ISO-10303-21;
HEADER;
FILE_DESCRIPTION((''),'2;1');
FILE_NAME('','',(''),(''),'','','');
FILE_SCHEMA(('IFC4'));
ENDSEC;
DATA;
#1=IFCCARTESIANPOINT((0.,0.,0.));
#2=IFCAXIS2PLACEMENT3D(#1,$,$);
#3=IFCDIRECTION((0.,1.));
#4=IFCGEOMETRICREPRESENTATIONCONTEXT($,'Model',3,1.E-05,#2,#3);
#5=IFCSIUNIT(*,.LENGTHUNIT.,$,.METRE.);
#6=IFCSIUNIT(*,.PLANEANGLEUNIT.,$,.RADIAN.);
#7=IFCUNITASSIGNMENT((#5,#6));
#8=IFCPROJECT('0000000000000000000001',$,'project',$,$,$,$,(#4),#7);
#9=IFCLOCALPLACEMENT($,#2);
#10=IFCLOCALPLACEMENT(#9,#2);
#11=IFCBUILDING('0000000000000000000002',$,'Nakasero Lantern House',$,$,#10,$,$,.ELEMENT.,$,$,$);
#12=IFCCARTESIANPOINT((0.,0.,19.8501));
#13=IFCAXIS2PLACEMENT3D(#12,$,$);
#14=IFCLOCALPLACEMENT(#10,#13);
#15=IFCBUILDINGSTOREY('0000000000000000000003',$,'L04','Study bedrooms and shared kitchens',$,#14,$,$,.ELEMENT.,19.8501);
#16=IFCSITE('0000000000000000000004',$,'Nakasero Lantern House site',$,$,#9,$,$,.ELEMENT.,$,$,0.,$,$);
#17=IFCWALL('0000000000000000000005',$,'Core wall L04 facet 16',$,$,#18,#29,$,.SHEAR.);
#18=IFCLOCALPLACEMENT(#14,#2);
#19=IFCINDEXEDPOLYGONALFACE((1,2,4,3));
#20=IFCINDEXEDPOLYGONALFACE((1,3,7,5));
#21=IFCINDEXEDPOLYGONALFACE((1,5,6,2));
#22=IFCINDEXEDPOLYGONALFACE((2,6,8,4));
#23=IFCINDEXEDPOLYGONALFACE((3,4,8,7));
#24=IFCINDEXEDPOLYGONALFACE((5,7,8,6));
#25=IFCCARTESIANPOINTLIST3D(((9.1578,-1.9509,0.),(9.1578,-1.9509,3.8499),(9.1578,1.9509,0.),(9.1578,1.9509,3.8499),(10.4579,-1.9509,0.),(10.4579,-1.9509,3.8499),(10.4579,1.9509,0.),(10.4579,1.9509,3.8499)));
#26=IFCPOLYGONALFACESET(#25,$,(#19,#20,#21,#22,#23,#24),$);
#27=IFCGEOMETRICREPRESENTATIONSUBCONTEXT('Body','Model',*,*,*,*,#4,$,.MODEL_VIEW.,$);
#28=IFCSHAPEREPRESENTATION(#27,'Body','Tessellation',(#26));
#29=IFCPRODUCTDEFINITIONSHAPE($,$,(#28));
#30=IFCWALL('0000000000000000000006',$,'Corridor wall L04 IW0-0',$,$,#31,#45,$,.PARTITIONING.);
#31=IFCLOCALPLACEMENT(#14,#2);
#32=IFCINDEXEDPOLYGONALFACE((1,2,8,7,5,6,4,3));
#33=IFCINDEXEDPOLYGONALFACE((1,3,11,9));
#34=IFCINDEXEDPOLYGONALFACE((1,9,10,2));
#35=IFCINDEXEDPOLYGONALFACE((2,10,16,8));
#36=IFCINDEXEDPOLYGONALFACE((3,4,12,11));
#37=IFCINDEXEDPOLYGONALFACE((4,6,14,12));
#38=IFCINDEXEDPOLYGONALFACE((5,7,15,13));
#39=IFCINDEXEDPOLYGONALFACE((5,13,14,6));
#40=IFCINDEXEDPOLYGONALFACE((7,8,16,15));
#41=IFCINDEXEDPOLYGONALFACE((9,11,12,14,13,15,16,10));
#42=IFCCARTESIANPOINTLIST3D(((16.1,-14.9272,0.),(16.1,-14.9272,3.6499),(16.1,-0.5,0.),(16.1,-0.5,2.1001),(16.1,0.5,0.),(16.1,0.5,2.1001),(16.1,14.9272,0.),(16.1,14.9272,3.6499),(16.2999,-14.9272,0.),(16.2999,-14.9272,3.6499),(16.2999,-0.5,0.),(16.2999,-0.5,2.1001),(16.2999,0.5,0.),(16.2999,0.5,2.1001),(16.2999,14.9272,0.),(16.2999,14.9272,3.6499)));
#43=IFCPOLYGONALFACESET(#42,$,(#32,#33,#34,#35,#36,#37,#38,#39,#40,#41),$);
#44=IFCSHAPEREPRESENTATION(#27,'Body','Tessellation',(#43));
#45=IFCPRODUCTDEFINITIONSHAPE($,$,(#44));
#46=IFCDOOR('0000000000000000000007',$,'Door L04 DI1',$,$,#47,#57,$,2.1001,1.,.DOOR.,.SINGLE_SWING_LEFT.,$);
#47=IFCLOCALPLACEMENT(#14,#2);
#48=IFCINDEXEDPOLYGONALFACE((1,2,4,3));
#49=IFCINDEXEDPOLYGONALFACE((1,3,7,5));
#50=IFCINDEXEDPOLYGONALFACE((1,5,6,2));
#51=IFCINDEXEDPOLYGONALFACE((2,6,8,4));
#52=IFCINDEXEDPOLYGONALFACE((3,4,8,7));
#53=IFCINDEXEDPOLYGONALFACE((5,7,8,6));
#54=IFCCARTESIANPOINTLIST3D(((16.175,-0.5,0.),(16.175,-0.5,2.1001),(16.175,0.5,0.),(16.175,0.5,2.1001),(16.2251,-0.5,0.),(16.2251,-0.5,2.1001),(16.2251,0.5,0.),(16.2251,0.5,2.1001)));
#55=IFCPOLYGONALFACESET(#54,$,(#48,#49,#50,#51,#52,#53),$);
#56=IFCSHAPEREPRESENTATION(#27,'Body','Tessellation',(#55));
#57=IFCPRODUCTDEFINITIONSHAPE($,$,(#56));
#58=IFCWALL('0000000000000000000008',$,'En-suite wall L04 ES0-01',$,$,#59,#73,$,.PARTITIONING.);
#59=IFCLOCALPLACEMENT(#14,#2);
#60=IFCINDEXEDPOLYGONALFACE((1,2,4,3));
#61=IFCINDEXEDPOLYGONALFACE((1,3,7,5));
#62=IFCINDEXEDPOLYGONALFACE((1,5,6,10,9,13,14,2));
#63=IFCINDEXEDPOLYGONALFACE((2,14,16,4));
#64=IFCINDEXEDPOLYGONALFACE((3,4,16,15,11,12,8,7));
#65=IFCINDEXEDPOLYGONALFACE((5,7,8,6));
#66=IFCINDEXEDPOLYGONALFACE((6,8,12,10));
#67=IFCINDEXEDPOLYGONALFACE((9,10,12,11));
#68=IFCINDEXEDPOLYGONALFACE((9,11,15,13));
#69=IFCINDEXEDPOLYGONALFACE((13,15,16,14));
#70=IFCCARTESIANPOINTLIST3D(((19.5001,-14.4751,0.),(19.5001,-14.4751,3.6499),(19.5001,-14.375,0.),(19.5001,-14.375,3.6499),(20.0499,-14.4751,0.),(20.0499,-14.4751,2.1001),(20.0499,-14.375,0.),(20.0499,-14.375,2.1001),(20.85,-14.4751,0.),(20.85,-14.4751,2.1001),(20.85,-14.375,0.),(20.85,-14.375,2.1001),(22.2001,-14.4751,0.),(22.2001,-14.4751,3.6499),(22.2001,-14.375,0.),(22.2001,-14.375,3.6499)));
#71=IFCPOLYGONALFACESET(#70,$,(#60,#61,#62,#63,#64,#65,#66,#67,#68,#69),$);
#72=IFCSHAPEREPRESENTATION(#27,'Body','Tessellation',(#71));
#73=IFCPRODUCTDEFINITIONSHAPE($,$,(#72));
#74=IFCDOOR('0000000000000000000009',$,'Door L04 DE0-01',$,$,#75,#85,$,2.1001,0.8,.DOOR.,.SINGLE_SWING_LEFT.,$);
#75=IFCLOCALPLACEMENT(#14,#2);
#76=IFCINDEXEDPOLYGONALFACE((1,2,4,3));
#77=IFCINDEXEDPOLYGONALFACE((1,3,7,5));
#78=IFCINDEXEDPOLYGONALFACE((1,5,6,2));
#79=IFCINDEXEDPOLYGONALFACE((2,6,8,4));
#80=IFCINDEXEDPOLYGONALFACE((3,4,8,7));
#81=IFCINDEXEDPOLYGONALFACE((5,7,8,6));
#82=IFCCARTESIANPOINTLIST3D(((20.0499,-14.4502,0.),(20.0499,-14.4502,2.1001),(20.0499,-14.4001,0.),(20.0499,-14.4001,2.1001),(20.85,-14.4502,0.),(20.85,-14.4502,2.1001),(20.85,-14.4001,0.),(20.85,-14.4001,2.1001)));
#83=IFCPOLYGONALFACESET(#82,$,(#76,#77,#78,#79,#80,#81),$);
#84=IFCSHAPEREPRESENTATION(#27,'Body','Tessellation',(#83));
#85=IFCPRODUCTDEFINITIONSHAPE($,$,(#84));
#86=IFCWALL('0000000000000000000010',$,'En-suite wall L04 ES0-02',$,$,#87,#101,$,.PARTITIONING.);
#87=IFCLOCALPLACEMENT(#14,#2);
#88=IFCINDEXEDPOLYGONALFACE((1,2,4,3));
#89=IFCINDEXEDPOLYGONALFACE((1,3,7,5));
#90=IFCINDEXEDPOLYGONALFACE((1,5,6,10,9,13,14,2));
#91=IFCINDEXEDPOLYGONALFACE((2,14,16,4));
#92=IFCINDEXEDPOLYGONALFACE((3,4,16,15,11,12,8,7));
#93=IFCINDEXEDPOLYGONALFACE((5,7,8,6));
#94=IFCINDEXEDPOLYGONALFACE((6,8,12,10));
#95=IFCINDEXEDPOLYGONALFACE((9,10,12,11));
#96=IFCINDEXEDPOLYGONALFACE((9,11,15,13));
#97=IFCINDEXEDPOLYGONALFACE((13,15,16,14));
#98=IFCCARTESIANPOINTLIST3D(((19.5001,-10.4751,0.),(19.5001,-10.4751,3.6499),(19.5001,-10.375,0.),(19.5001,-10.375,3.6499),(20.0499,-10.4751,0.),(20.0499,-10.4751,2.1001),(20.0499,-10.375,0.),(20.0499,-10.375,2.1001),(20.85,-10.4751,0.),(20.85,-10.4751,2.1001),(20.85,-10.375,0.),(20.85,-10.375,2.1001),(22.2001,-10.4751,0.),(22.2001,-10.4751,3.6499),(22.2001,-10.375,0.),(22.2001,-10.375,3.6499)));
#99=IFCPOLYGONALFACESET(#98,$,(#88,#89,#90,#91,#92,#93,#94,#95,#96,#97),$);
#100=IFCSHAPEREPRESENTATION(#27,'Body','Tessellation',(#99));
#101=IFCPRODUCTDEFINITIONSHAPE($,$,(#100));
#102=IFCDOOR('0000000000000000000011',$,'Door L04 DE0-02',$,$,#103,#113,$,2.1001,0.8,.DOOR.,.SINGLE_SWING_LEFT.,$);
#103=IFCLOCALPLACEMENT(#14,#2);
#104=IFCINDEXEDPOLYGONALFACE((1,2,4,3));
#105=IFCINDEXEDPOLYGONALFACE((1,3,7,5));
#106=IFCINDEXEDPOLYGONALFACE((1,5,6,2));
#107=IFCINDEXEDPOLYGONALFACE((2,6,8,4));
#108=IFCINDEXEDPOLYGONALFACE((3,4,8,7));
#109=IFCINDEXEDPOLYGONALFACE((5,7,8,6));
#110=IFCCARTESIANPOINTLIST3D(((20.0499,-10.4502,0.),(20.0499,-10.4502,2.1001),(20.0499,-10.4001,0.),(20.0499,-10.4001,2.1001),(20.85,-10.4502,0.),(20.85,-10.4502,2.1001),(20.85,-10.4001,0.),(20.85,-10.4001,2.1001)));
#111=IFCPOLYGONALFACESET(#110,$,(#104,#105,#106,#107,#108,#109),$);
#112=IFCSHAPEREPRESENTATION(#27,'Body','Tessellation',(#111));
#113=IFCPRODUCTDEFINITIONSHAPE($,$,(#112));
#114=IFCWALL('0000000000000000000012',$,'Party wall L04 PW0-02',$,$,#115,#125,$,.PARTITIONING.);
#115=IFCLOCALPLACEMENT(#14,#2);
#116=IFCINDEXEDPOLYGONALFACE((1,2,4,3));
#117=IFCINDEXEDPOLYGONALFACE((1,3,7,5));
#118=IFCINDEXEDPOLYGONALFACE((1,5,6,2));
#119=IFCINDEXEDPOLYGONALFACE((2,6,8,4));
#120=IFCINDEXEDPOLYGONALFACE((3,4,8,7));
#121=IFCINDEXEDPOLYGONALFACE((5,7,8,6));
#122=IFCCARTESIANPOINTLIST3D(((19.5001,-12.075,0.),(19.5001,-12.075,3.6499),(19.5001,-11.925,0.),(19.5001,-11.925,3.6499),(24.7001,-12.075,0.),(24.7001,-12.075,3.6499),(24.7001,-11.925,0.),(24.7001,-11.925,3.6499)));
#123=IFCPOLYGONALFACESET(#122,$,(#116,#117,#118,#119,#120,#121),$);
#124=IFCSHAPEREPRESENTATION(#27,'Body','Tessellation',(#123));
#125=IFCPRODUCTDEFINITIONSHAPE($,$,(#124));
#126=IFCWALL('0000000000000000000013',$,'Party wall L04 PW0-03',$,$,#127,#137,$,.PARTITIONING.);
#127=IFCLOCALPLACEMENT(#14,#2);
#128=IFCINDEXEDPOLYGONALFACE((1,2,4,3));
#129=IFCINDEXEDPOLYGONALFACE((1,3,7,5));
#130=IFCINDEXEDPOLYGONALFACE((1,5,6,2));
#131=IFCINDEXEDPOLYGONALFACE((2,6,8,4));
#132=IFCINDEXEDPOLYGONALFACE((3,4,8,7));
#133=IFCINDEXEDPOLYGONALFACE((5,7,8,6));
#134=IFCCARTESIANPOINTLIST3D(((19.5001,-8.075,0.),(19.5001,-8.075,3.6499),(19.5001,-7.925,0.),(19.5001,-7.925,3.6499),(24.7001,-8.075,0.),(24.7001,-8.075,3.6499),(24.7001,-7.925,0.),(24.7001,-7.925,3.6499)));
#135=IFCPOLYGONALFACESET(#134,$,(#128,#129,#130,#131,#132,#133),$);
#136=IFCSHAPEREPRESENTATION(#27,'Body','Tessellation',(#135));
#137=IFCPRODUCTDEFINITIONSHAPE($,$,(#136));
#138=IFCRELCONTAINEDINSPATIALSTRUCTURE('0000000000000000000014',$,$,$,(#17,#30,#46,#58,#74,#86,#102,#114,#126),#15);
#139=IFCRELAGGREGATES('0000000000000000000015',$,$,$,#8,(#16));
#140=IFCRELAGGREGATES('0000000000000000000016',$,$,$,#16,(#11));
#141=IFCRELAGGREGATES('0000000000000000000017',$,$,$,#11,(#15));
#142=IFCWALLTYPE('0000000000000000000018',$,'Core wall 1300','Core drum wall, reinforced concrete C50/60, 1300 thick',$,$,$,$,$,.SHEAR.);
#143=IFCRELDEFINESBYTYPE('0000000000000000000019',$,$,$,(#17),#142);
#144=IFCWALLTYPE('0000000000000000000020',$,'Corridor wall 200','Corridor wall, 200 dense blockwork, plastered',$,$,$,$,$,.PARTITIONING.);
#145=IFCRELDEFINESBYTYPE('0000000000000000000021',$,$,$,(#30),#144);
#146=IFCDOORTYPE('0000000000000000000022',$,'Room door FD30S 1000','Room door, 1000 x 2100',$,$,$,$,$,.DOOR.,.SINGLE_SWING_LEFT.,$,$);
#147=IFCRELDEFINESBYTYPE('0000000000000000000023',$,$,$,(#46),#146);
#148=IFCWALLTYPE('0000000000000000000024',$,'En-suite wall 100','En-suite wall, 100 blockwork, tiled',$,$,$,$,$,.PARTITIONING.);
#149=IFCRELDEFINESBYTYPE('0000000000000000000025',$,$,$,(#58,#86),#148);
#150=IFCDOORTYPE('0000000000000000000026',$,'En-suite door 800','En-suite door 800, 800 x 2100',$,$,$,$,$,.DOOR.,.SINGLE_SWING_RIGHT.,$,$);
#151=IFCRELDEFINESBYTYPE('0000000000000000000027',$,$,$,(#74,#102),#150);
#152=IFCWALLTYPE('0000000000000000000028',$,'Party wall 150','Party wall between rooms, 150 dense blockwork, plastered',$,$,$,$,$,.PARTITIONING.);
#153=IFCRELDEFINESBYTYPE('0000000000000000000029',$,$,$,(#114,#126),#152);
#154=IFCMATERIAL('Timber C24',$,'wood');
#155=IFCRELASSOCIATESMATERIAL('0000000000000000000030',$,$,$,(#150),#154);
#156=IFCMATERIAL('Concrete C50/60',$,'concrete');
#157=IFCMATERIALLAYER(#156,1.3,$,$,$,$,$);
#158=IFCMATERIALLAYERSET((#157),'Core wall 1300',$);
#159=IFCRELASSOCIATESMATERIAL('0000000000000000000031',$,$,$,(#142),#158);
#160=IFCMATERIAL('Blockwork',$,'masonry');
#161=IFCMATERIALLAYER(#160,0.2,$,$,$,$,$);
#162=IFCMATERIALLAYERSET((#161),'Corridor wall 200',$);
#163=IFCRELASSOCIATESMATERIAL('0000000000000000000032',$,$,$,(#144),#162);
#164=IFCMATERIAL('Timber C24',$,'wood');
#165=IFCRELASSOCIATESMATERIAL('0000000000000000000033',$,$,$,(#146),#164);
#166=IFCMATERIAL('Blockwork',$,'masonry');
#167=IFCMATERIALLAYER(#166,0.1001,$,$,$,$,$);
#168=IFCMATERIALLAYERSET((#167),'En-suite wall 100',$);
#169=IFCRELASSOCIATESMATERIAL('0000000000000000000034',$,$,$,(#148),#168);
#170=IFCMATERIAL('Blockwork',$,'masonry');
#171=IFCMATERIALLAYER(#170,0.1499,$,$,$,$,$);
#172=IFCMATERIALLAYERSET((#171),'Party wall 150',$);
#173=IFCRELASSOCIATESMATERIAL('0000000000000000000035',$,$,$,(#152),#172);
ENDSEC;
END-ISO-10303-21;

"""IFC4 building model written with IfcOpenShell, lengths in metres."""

from ifc_helpers import new_model, si_unit, direction, frame, frame_2d, origin, place, context, subcontext, project, spatial, rectangle, extrude, material, layer, layer_set, type_object, element, fill, save


model = new_model("IFC4")

# Units and contexts
model_context = context("Model", 3, precision=1e-05, world=origin(), true_north=direction((0.0, 1.0)))
body_context = subcontext(model_context, "Body", "Model", "MODEL_VIEW")
ifc_project = project(units=[si_unit("LENGTHUNIT", "METRE"), si_unit("PLANEANGLEUNIT", "RADIAN")], contexts=[model_context])

# Site, building, storey
site_placement = place(None, origin())
site = spatial("IfcSite", under=ifc_project, at=site_placement, Name="Nakasero Lantern House site", CompositionType="ELEMENT", RefElevation=0.0)
building_placement = place(site_placement, origin())
building = spatial("IfcBuilding", under=site, at=building_placement, Name="Nakasero Lantern House", CompositionType="ELEMENT")
storey_placement = place(building_placement, frame((0.0, 0.0, 19.8501)))
storey = spatial("IfcBuildingStorey", under=building, at=storey_placement, Name="L04", Description="Study bedrooms and shared kitchens", CompositionType="ELEMENT", Elevation=19.8501)

# Shared definitions
ifc_material_1 = material(Name="Timber C24", Category="wood")
door_type_1 = type_object("IfcDoorType", Name="En-suite door 800", Description="En-suite door 800, 800 x 2100", OperationType="SINGLE_SWING_RIGHT", PredefinedType="DOOR", material=ifc_material_1)

# Wall
ifc_material_2 = material(Name="Concrete C50/60", Category="concrete")
ifc_layer_1 = layer(ifc_material_2, 1.3)
ifc_layer_set_1 = layer_set([ifc_layer_1], Name="Core wall 1300")
wall_type_1 = type_object("IfcWallType", Name="Core wall 1300", Description="Core drum wall, reinforced concrete C50/60, 1300 thick", PredefinedType="SHEAR", material=ifc_layer_set_1)
wall_1_placement = place(storey_placement, frame((9.8079, -1.9509, 0.0), z_axis=(0.0, 0.0, 1.0), x_axis=(0.0, 1.0, 0.0)))
element("IfcWall", 1, at=wall_1_placement, inside=storey, type_object=wall_type_1, Name="Core wall L04 facet 16", PredefinedType="SHEAR", context=body_context, shape_type="SweptSolid", body=[
    extrude(rectangle(XDim=3.9019, YDim=1.3, at=frame_2d((1.9509, 0.0))), origin(), (0.0, 0.0, 1.0), 3.8499),
])

# Walls, openings, doors
ifc_material_3 = material(Name="Blockwork", Category="masonry")
ifc_layer_2 = layer(ifc_material_3, 0.2)
ifc_layer_set_2 = layer_set([ifc_layer_2], Name="Corridor wall 200")
wall_type_2 = type_object("IfcWallType", Name="Corridor wall 200", Description="Corridor wall, 200 dense blockwork, plastered", PredefinedType="PARTITIONING", material=ifc_layer_set_2)
wall_2_placement = place(storey_placement, frame((16.2, -14.9272, 0.0), z_axis=(0.0, 0.0, 1.0), x_axis=(0.0, 1.0, 0.0)))
wall_2 = element("IfcWall", 2, at=wall_2_placement, inside=storey, type_object=wall_type_2, Name="Corridor wall L04 IW0-0", PredefinedType="PARTITIONING", context=body_context, shape_type="SweptSolid", body=[
    extrude(rectangle(XDim=29.8545, YDim=0.2, at=frame_2d((14.9272, 0.0))), origin(), (0.0, 0.0, 1.0), 3.6499),
])
opening_1_placement = place(wall_2_placement, frame((14.4272, 0.0, 0.0)))
opening_1 = element("IfcOpeningElement", 3, at=opening_1_placement, cuts=wall_2, PredefinedType="OPENING", context=body_context, shape_type="SweptSolid", body=[
    extrude(rectangle(XDim=1.0, YDim=2.1001, at=frame_2d((0.5, 1.05))), frame((0.0, 0.1199, 0.0), z_axis=(0.0, -1.0, 0.0), x_axis=(1.0, 0.0, 0.0)), (0.0, 0.0, 1.0), 0.24),
])
ifc_material_4 = material(Name="Timber C24", Category="wood")
door_type_2 = type_object("IfcDoorType", Name="Room door FD30S 1000", Description="Room door, 1000 x 2100", OperationType="SINGLE_SWING_LEFT", PredefinedType="DOOR", material=ifc_material_4)
door_1_placement = place(opening_1_placement, origin())
door_1 = element("IfcDoor", 4, at=door_1_placement, inside=storey, type_object=door_type_2, Name="Door L04 DI1", OperationType="SINGLE_SWING_LEFT", OverallHeight=2.1001, OverallWidth=1.0, PredefinedType="DOOR", context=body_context, shape_type="SweptSolid", body=[
    extrude(rectangle(XDim=1.0, YDim=2.1001, at=frame_2d((0.5, 1.05))), frame((0.0, 0.0249, 0.0), z_axis=(0.0, -1.0, 0.0), x_axis=(1.0, 0.0, 0.0)), (0.0, 0.0, 1.0), 0.05),
])
fill(opening_1, door_1)
ifc_material_5 = material(Name="Blockwork", Category="masonry")
ifc_layer_3 = layer(ifc_material_5, 0.1001)
ifc_layer_set_3 = layer_set([ifc_layer_3], Name="En-suite wall 100")
wall_type_3 = type_object("IfcWallType", Name="En-suite wall 100", Description="En-suite wall, 100 blockwork, tiled", PredefinedType="PARTITIONING", material=ifc_layer_set_3)
wall_3_placement = place(storey_placement, frame((19.5, -14.425, 0.0), z_axis=(0.0, 0.0, 1.0), x_axis=(1.0, 0.0, 0.0)))
wall_3 = element("IfcWall", 5, at=wall_3_placement, inside=storey, type_object=wall_type_3, Name="En-suite wall L04 ES0-01", PredefinedType="PARTITIONING", context=body_context, shape_type="SweptSolid", body=[
    extrude(rectangle(XDim=2.7, YDim=0.1001, at=frame_2d((1.3501, 0.0))), origin(), (0.0, 0.0, 1.0), 3.6499),
])
opening_2_placement = place(wall_3_placement, frame((0.55, 0.0, 0.0)))
opening_2 = element("IfcOpeningElement", 6, at=opening_2_placement, cuts=wall_3, PredefinedType="OPENING", context=body_context, shape_type="SweptSolid", body=[
    extrude(rectangle(XDim=0.8, YDim=2.1001, at=frame_2d((0.3999, 1.05))), frame((0.0, 0.0701, 0.0), z_axis=(0.0, -1.0, 0.0), x_axis=(1.0, 0.0, 0.0)), (0.0, 0.0, 1.0), 0.1401),
])
door_2_placement = place(opening_2_placement, origin())
door_2 = element("IfcDoor", 7, at=door_2_placement, inside=storey, type_object=door_type_1, Name="Door L04 DE0-01", OperationType="SINGLE_SWING_LEFT", OverallHeight=2.1001, OverallWidth=0.8, PredefinedType="DOOR", context=body_context, shape_type="SweptSolid", body=[
    extrude(rectangle(XDim=0.8, YDim=2.1001, at=frame_2d((0.3999, 1.05))), frame((0.0, 0.0249, 0.0), z_axis=(0.0, -1.0, 0.0), x_axis=(1.0, 0.0, 0.0)), (0.0, 0.0, 1.0), 0.05),
])
fill(opening_2, door_2)
wall_4_placement = place(storey_placement, frame((19.5, -10.425, 0.0), z_axis=(0.0, 0.0, 1.0), x_axis=(1.0, 0.0, 0.0)))
wall_4 = element("IfcWall", 8, at=wall_4_placement, inside=storey, type_object=wall_type_3, Name="En-suite wall L04 ES0-02", PredefinedType="PARTITIONING", context=body_context, shape_type="SweptSolid", body=[
    extrude(rectangle(XDim=2.7, YDim=0.1001, at=frame_2d((1.3501, 0.0))), origin(), (0.0, 0.0, 1.0), 3.6499),
])
opening_3_placement = place(wall_4_placement, frame((0.55, 0.0, 0.0)))
opening_3 = element("IfcOpeningElement", 9, at=opening_3_placement, cuts=wall_4, PredefinedType="OPENING", context=body_context, shape_type="SweptSolid", body=[
    extrude(rectangle(XDim=0.8, YDim=2.1001, at=frame_2d((0.3999, 1.05))), frame((0.0, 0.0701, 0.0), z_axis=(0.0, -1.0, 0.0), x_axis=(1.0, 0.0, 0.0)), (0.0, 0.0, 1.0), 0.1401),
])
door_3_placement = place(opening_3_placement, origin())
door_3 = element("IfcDoor", 10, at=door_3_placement, inside=storey, type_object=door_type_1, Name="Door L04 DE0-02", OperationType="SINGLE_SWING_LEFT", OverallHeight=2.1001, OverallWidth=0.8, PredefinedType="DOOR", context=body_context, shape_type="SweptSolid", body=[
    extrude(rectangle(XDim=0.8, YDim=2.1001, at=frame_2d((0.3999, 1.05))), frame((0.0, 0.0249, 0.0), z_axis=(0.0, -1.0, 0.0), x_axis=(1.0, 0.0, 0.0)), (0.0, 0.0, 1.0), 0.05),
])
fill(opening_3, door_3)

# Walls
ifc_material_6 = material(Name="Blockwork", Category="masonry")
ifc_layer_4 = layer(ifc_material_6, 0.1499)
ifc_layer_set_4 = layer_set([ifc_layer_4], Name="Party wall 150")
wall_type_4 = type_object("IfcWallType", Name="Party wall 150", Description="Party wall between rooms, 150 dense blockwork, plastered", PredefinedType="PARTITIONING", material=ifc_layer_set_4)
for number, where, z_axis, x_axis, name in (
    (11, (19.5, -12.0, 0.0), (0.0, 0.0, 1.0), (1.0, 0.0, 0.0), "Party wall L04 PW0-02"),
    (12, (19.5, -8.0, 0.0), (0.0, 0.0, 1.0), (1.0, 0.0, 0.0), "Party wall L04 PW0-03"),
):
    element("IfcWall", number, at=place(storey_placement, frame(where, z_axis=z_axis, x_axis=x_axis)), inside=storey, type_object=wall_type_4, Name=name, PredefinedType="PARTITIONING", context=body_context, shape_type="SweptSolid", body=[
        extrude(rectangle(XDim=5.2, YDim=0.1499, at=frame_2d((2.6001, 0.0))), origin(), (0.0, 0.0, 1.0), 3.6499),
    ])

save(model, "model.ifc")
